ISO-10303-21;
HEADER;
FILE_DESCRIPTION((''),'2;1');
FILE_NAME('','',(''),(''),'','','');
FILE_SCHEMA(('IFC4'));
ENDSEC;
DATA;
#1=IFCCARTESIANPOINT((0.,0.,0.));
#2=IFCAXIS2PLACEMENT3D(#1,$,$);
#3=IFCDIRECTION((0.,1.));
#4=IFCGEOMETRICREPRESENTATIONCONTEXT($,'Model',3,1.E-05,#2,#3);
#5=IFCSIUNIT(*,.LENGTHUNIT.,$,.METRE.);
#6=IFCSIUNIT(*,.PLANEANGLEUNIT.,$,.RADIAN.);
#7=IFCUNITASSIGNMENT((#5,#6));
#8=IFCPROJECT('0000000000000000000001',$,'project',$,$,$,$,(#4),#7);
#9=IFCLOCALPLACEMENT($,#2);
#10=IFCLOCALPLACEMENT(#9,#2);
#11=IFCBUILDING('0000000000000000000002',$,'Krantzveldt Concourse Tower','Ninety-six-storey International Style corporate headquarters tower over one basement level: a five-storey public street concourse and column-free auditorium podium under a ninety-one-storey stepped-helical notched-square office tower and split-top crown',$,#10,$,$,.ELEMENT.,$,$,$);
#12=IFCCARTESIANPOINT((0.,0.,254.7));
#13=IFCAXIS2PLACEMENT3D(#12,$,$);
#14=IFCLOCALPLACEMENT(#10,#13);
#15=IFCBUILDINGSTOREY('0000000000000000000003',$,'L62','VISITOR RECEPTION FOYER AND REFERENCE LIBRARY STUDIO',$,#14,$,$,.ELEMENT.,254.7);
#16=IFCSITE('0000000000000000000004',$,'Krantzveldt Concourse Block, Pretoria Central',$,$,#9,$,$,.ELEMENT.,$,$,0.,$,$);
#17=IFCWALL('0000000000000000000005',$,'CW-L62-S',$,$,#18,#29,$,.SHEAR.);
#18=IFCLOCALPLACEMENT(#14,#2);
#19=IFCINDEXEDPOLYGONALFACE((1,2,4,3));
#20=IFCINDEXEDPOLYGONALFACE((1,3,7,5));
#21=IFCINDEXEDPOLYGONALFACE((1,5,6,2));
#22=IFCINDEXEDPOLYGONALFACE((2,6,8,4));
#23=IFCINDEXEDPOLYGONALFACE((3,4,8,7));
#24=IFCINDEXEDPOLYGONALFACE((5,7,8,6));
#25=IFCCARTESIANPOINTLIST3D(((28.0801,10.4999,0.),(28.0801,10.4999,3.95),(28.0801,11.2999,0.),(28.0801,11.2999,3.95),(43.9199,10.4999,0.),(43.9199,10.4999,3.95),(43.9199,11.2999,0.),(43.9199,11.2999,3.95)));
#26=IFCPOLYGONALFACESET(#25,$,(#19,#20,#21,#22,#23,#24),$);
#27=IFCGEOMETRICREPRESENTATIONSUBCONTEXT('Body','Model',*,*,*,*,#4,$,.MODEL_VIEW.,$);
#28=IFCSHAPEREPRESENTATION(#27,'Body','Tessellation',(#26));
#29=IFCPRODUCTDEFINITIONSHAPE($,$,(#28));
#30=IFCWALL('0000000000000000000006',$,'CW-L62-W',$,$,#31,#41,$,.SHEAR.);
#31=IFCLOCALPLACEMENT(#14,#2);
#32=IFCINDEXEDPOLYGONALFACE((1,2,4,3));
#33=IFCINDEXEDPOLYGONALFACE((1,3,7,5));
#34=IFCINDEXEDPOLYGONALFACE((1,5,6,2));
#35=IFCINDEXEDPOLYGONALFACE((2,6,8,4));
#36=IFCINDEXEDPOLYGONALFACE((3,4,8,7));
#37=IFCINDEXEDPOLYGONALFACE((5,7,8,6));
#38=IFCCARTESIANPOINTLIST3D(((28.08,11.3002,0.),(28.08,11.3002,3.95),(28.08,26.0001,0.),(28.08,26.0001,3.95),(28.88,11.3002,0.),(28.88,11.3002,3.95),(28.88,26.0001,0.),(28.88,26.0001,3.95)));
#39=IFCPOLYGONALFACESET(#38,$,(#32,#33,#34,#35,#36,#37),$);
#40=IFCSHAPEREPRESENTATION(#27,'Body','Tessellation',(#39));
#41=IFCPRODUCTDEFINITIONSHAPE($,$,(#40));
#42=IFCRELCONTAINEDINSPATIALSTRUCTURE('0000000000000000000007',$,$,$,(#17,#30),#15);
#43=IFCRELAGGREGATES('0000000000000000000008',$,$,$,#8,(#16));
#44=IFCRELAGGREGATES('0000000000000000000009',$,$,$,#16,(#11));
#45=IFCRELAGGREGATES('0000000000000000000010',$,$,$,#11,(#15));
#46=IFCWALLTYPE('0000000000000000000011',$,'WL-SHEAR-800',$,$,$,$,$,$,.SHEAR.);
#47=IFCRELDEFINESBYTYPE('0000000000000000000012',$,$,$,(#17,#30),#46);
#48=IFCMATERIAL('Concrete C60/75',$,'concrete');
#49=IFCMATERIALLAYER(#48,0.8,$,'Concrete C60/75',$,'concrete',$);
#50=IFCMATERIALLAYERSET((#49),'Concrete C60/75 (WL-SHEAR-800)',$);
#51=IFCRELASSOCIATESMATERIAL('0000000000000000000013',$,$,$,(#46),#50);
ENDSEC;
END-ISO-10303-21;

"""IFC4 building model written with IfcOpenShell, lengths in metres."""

from ifc_helpers import new_model, si_unit, direction, frame, frame_2d, origin, place, context, subcontext, project, spatial, rectangle, extrude, material, layer, layer_set, type_object, element, save


model = new_model("IFC4")

# Units and contexts
model_context = context("Model", 3, precision=1e-05, world=origin(), true_north=direction((0.0, 1.0)))
body_context = subcontext(model_context, "Body", "Model", "MODEL_VIEW")
ifc_project = project(units=[si_unit("LENGTHUNIT", "METRE"), si_unit("PLANEANGLEUNIT", "RADIAN")], contexts=[model_context])

# Site, building, storey
site_placement = place(None, origin())
site = spatial("IfcSite", under=ifc_project, at=site_placement, Name="Krantzveldt Concourse Block, Pretoria Central", CompositionType="ELEMENT", RefElevation=0.0)
building_placement = place(site_placement, origin())
building = spatial("IfcBuilding", under=site, at=building_placement, Name="Krantzveldt Concourse Tower", Description="Ninety-six-storey International Style corporate headquarters tower over one basement level: a five-storey public street concourse and column-free auditorium podium under a ninety-one-storey stepped-helical notched-square office tower and split-top crown", CompositionType="ELEMENT")
storey_placement = place(building_placement, frame((0.0, 0.0, 254.7)))
storey = spatial("IfcBuildingStorey", under=building, at=storey_placement, Name="L62", Description="VISITOR RECEPTION FOYER AND REFERENCE LIBRARY STUDIO", CompositionType="ELEMENT", Elevation=254.7)

# Walls
ifc_material_1 = material(Name="Concrete C60/75", Category="concrete")
ifc_layer_1 = layer(ifc_material_1, 0.8, Name="Concrete C60/75", Category="concrete")
ifc_layer_set_1 = layer_set([ifc_layer_1], Name="Concrete C60/75 (WL-SHEAR-800)")
wall_type_1 = type_object("IfcWallType", Name="WL-SHEAR-800", PredefinedType="SHEAR", material=ifc_layer_set_1)
wall_1_placement = place(storey_placement, frame((28.0801, 10.8999, 0.0), z_axis=(0.0, 0.0, 1.0), x_axis=(1.0, 0.0, 0.0)))
element("IfcWall", 1, at=wall_1_placement, inside=storey, type_object=wall_type_1, Name="CW-L62-S", PredefinedType="SHEAR", context=body_context, shape_type="SweptSolid", body=[
    extrude(rectangle(XDim=15.8398, YDim=0.8, at=frame_2d((7.9199, 0.0))), origin(), (0.0, 0.0, 1.0), 3.95),
])
wall_2_placement = place(storey_placement, frame((28.48, 11.3, 0.0), z_axis=(0.0, 0.0, 1.0), x_axis=(0.0, 1.0, 0.0)))
element("IfcWall", 2, at=wall_2_placement, inside=storey, type_object=wall_type_1, Name="CW-L62-W", PredefinedType="SHEAR", context=body_context, shape_type="SweptSolid", body=[
    extrude(rectangle(XDim=14.7, YDim=0.8, at=frame_2d((7.3501, 0.0))), origin(), (0.0, 0.0, 1.0), 3.95),
])

save(model, "model.ifc")
